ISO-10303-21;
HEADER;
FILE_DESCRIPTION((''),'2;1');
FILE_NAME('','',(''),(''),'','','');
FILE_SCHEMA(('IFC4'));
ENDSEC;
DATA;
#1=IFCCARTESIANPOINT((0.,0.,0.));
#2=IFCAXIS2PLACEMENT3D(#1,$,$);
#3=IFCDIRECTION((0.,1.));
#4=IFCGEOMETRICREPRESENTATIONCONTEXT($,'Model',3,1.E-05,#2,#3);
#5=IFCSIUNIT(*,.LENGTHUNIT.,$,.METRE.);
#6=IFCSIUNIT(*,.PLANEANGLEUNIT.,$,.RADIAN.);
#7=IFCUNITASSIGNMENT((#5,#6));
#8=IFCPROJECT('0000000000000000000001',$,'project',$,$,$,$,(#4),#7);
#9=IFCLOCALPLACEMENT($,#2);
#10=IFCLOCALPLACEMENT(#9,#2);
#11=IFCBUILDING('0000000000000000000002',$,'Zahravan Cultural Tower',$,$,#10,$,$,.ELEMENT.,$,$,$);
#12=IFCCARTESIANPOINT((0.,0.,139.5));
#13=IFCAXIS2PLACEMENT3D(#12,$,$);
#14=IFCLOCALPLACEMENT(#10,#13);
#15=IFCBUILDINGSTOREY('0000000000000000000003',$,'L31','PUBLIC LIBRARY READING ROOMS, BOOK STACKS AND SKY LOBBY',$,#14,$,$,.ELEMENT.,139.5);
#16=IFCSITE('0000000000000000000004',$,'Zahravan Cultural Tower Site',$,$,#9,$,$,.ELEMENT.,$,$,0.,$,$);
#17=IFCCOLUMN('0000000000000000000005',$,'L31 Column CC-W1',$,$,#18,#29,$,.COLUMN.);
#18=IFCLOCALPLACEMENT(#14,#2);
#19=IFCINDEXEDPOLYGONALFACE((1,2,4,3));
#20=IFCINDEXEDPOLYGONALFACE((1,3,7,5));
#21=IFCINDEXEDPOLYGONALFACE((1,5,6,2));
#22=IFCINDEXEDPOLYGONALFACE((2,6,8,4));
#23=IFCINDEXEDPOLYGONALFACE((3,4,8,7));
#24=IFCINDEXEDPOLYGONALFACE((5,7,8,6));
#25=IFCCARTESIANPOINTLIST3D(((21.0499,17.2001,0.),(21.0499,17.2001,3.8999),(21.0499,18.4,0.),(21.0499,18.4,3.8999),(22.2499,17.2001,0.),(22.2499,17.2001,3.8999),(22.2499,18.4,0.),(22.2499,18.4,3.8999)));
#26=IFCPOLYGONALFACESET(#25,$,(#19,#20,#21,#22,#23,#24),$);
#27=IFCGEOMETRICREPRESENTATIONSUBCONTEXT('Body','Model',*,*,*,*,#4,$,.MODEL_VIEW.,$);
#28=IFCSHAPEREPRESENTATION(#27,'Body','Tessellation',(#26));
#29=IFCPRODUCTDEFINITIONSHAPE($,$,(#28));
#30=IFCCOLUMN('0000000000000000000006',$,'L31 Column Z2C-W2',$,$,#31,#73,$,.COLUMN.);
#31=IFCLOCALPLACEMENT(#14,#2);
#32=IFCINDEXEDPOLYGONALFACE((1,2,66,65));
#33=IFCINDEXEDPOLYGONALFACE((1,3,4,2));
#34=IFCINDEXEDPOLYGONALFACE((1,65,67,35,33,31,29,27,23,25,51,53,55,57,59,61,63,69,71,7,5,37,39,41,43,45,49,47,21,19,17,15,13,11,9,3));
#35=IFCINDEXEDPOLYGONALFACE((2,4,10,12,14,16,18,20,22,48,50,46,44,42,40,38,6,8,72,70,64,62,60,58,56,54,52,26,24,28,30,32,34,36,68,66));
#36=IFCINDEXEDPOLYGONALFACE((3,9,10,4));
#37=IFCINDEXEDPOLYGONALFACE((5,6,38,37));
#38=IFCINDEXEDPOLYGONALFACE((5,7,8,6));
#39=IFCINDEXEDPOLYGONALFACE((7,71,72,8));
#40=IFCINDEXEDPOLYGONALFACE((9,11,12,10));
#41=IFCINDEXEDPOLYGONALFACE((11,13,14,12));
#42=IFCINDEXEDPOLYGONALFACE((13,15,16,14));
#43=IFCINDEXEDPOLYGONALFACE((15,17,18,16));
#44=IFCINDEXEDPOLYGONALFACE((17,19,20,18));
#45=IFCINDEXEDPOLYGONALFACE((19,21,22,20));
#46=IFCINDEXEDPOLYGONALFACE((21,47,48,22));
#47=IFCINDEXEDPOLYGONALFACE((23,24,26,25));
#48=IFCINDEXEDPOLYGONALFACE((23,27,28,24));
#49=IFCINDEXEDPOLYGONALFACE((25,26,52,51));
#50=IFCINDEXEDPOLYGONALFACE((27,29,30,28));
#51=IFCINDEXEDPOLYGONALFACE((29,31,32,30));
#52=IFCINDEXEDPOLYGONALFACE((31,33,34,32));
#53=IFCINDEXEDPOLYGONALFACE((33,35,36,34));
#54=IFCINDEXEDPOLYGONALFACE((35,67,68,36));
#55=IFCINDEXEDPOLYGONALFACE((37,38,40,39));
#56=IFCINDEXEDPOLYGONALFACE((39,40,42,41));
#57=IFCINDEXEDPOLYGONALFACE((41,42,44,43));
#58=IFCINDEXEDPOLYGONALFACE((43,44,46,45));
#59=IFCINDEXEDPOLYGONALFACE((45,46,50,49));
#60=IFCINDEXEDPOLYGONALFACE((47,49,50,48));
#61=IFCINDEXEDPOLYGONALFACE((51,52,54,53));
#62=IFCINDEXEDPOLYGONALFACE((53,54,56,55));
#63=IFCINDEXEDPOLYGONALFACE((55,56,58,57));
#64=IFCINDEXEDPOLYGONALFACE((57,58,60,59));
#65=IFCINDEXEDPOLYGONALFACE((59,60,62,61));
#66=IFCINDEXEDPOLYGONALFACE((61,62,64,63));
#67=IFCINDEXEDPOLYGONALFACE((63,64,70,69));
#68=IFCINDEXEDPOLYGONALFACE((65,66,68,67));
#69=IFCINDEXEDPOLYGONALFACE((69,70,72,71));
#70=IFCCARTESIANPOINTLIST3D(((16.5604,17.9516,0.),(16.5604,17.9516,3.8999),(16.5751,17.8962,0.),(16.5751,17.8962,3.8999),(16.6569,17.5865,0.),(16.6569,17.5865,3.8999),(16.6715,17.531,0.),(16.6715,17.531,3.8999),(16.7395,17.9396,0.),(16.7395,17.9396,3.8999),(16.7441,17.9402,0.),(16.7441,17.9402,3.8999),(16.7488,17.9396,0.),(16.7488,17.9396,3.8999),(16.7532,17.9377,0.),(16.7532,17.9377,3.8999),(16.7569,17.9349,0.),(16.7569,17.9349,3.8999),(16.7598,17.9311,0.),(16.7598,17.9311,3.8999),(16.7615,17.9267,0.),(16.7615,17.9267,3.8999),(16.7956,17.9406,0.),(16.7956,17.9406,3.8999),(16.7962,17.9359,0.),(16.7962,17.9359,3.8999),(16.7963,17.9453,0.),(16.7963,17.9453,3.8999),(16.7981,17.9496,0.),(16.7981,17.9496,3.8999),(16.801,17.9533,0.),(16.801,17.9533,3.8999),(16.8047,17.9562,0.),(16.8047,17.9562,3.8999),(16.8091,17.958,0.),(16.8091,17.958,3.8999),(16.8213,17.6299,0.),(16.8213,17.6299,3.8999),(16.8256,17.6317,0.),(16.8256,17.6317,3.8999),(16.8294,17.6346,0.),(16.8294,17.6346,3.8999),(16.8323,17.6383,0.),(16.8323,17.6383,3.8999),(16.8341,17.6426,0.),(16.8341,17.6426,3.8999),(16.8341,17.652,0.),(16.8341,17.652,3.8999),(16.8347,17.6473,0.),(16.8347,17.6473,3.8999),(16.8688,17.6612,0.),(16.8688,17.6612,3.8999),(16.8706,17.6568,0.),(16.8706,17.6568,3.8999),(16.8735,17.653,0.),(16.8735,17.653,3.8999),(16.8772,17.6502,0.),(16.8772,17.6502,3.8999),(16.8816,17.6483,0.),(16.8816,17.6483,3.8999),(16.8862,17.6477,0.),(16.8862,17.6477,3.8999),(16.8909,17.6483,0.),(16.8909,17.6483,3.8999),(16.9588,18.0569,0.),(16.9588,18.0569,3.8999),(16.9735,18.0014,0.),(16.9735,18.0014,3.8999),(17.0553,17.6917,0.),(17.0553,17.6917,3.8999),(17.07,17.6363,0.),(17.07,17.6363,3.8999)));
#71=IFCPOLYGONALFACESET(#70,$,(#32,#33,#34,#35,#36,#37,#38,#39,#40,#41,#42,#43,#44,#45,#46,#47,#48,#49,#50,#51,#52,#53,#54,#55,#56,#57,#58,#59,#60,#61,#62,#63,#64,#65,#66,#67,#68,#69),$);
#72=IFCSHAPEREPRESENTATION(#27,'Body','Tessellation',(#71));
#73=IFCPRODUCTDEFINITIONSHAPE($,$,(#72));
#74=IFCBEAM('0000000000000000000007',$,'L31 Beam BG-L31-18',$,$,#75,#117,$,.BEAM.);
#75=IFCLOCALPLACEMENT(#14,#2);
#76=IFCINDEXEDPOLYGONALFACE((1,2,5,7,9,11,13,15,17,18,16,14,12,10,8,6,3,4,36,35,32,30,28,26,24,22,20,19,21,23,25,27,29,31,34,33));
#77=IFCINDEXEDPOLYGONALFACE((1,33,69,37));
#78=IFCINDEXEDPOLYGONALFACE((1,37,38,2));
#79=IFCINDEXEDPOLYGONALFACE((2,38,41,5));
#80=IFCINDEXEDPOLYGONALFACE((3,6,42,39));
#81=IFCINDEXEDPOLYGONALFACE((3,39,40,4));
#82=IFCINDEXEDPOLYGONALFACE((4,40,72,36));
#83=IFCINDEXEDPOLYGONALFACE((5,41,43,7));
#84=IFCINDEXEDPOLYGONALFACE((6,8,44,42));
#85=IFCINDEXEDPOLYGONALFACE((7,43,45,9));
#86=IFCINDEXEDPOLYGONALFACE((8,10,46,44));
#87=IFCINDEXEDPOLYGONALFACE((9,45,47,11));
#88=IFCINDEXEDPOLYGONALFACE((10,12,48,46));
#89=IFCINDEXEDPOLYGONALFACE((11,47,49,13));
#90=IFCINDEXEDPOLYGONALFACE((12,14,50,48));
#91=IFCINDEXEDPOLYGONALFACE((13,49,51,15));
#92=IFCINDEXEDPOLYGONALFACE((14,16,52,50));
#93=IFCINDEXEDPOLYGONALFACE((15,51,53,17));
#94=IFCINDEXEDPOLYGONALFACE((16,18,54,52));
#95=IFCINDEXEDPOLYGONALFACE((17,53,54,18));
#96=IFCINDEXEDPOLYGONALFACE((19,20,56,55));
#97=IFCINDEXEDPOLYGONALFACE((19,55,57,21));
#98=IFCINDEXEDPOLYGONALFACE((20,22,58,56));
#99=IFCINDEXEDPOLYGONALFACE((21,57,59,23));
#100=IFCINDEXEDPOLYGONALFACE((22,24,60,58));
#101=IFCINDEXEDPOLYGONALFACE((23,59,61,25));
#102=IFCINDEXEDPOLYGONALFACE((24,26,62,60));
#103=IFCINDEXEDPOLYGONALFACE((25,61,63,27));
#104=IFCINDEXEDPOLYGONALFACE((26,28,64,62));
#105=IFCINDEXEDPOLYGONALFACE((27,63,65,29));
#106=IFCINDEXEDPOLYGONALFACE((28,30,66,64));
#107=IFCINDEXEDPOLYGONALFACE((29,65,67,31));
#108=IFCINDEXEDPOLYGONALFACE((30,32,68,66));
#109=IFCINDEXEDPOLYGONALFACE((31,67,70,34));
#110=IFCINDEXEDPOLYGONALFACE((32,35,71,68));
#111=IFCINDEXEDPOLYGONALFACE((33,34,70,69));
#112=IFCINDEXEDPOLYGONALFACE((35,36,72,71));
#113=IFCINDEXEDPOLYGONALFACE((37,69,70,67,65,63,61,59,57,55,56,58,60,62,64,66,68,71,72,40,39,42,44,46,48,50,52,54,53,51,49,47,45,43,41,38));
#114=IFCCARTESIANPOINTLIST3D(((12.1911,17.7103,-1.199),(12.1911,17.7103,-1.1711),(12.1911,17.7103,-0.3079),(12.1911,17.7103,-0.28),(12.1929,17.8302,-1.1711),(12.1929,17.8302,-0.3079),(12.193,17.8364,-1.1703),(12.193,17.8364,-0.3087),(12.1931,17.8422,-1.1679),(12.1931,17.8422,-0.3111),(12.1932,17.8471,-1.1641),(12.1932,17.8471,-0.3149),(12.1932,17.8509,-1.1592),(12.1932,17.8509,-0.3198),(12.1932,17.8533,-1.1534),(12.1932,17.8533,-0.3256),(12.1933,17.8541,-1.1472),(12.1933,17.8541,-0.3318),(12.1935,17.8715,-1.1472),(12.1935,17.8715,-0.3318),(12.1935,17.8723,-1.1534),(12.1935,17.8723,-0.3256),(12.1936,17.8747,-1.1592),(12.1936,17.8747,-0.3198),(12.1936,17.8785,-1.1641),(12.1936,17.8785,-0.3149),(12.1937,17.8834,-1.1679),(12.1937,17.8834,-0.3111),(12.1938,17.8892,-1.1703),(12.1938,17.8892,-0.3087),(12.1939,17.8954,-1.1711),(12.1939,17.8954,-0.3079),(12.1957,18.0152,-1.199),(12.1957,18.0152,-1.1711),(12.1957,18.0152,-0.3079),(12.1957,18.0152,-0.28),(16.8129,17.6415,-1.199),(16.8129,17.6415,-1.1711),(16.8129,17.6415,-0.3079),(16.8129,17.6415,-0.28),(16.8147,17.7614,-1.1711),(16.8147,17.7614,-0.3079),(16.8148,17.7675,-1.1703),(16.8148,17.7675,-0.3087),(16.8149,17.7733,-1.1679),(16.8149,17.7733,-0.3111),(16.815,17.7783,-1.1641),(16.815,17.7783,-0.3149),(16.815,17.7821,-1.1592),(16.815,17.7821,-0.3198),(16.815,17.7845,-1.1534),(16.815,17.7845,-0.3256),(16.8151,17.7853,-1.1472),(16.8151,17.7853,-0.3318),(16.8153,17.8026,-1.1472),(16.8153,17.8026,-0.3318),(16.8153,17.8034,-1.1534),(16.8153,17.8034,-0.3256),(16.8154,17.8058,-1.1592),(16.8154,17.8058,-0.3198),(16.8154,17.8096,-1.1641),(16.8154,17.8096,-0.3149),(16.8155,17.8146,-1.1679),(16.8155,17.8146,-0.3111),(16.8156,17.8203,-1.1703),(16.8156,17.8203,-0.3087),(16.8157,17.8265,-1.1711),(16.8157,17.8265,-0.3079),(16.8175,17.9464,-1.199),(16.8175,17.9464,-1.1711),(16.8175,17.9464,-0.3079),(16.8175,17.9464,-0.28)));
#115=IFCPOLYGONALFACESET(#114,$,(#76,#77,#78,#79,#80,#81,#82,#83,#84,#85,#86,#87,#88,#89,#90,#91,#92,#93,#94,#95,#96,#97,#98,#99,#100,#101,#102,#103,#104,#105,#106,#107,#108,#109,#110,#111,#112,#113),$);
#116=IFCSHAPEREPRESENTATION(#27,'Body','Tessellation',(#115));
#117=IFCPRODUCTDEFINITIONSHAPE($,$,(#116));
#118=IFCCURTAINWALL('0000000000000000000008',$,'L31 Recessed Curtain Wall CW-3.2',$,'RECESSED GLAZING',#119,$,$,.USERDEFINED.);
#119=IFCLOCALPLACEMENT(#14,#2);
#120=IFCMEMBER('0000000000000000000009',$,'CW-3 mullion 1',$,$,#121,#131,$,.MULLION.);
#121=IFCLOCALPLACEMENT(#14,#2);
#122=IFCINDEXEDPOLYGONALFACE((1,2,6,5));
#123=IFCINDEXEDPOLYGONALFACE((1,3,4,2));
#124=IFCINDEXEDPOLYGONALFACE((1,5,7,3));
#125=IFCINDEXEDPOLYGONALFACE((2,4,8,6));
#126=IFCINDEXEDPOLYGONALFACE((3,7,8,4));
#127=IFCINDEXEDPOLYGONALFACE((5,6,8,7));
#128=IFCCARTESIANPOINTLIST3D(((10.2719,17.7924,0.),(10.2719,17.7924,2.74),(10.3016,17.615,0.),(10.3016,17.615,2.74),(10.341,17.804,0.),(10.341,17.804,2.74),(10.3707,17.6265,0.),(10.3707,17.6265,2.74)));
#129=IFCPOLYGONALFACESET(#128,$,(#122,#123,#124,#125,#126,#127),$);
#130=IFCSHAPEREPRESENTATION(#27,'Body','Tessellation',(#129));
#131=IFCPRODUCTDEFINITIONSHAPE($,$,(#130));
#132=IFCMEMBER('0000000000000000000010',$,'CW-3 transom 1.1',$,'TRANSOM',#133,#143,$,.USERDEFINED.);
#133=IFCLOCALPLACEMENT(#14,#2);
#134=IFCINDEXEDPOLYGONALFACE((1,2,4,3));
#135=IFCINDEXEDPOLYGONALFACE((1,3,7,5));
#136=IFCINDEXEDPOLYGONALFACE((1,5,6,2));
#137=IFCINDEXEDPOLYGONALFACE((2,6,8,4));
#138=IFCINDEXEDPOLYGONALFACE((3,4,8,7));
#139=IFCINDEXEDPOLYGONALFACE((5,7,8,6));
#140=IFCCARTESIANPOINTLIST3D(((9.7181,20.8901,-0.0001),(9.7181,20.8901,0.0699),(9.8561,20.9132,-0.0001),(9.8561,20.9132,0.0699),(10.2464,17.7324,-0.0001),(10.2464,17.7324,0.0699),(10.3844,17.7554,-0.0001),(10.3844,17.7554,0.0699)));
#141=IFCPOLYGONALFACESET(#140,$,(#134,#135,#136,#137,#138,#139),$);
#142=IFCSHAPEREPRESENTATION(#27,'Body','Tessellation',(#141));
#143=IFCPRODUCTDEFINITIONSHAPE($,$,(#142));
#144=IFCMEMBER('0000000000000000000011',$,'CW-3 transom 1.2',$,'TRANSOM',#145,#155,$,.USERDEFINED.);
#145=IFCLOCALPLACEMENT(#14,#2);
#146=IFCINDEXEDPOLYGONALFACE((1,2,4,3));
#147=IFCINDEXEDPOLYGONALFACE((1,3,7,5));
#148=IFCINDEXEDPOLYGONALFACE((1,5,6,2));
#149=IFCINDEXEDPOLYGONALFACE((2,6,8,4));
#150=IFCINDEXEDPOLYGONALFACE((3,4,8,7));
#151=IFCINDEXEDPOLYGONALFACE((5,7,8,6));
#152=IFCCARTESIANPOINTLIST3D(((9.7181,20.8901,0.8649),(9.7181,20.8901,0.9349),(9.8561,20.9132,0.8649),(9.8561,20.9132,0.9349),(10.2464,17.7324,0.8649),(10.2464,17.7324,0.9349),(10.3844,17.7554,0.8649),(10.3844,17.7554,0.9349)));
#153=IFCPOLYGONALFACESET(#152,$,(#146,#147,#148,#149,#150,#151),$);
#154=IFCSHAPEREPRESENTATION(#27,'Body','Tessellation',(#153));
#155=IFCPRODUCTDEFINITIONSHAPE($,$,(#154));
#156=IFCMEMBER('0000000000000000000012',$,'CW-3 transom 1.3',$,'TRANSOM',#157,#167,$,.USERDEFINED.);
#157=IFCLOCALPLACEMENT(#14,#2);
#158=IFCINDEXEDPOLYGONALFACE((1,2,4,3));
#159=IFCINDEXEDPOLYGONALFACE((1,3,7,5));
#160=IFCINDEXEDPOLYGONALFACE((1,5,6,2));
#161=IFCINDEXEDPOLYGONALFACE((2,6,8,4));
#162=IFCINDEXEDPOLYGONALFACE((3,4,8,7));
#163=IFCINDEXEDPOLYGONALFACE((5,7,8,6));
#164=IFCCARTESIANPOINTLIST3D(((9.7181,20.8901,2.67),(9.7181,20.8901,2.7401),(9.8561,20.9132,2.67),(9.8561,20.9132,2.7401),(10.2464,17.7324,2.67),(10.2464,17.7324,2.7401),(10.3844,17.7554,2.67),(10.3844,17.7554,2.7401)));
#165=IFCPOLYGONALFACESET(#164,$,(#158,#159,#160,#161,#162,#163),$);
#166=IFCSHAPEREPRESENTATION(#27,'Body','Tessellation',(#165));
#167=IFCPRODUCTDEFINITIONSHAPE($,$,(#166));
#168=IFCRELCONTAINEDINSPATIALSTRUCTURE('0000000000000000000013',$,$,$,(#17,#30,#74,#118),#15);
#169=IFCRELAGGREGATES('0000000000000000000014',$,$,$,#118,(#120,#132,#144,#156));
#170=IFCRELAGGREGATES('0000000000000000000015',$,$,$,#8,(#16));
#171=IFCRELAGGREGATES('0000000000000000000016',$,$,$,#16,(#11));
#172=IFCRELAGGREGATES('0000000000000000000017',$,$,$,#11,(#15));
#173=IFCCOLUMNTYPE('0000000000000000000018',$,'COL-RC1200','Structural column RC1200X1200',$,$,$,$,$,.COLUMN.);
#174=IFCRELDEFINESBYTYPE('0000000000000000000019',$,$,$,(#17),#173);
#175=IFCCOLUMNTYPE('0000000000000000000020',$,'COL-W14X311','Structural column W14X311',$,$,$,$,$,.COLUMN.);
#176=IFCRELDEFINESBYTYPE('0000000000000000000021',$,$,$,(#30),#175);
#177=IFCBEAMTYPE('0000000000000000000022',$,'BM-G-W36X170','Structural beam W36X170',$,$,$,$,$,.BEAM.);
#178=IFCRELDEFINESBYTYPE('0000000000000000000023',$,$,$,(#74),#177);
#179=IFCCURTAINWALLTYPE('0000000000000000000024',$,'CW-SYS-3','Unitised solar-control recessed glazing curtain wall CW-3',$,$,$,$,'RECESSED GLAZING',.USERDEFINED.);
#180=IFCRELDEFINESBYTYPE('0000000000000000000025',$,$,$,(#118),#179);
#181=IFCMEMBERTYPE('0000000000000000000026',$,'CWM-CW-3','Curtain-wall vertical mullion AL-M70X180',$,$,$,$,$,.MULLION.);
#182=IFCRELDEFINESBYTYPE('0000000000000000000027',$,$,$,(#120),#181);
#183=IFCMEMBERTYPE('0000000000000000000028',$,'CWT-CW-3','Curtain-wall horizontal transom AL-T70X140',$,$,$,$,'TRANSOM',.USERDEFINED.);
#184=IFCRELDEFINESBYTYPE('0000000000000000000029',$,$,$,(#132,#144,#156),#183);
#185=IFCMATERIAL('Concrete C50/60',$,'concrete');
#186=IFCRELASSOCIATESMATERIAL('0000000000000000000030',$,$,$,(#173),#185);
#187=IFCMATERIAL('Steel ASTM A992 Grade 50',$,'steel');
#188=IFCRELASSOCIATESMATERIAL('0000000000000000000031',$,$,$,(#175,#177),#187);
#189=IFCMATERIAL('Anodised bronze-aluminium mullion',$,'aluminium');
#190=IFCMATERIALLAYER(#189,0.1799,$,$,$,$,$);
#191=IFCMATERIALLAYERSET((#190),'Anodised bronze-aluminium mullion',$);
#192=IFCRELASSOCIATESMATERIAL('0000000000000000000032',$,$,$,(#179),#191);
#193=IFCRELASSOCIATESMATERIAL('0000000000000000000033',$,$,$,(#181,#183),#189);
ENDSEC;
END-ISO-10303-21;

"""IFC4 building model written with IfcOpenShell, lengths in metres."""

from ifc_helpers import new_model, si_unit, direction, frame, origin, origin_2d, place, context, subcontext, project, spatial, rectangle, i_section, extrude, source, transform, mapped, material, layer, layer_set, material_profile, profile_set, type_object, element, aggregate, save


model = new_model("IFC4")

# Units and contexts
model_context = context("Model", 3, precision=1e-05, world=origin(), true_north=direction((0.0, 1.0)))
body_context = subcontext(model_context, "Body", "Model", "MODEL_VIEW")
ifc_project = project(units=[si_unit("LENGTHUNIT", "METRE"), si_unit("PLANEANGLEUNIT", "RADIAN")], contexts=[model_context])

# Site, building, storey
site_placement = place(None, origin())
site = spatial("IfcSite", under=ifc_project, at=site_placement, Name="Zahravan Cultural Tower Site", CompositionType="ELEMENT", RefElevation=0.0)
building_placement = place(site_placement, origin())
building = spatial("IfcBuilding", under=site, at=building_placement, Name="Zahravan Cultural Tower", CompositionType="ELEMENT")
storey_placement = place(building_placement, frame((0.0, 0.0, 139.5)))
storey = spatial("IfcBuildingStorey", under=building, at=storey_placement, Name="L31", Description="PUBLIC LIBRARY READING ROOMS, BOOK STACKS AND SKY LOBBY", CompositionType="ELEMENT", Elevation=139.5)

# Columns
ifc_material_1 = material(Name="Concrete C50/60", Category="concrete")
ifc_material_profile_1 = material_profile(ifc_material_1, rectangle(XDim=1.2, YDim=1.2, at=origin_2d()), Name="RC1200X1200")
ifc_profile_set_1 = profile_set([ifc_material_profile_1], Name="Concrete C50/60")
column_type_1 = type_object("IfcColumnType", Name="COL-RC1200", Description="Structural column RC1200X1200", PredefinedType="COLUMN", material=ifc_profile_set_1)
shared_shape_1 = source(origin(), body_context, "Body", "SweptSolid", [
    extrude(rectangle(XDim=1.2, YDim=1.2, at=origin_2d()), origin(), (0.0, 0.0, 1.0), 3.8999),
])
column_1_placement = place(storey_placement, frame((21.6499, 17.8, 0.0), z_axis=(0.0, 0.0, 1.0), x_axis=(1.0, 0.0, 0.0)))
element("IfcColumn", 1, at=column_1_placement, inside=storey, type_object=column_type_1, Name="L31 Column CC-W1", PredefinedType="COLUMN", context=body_context, shape_type="MappedRepresentation", body=[
    mapped(shared_shape_1, transform((0.0, 0.0, 0.0), x_axis=(1.0, 0.0, 0.0), y_axis=(0.0, 1.0, 0.0), z_axis=(0.0, 0.0, 1.0), scale=1.0)),
])
ifc_material_2 = material(Name="Steel ASTM A992 Grade 50", Category="steel")
ifc_material_profile_2 = material_profile(ifc_material_2, i_section(OverallWidth=0.4121, OverallDepth=0.4351, WebThickness=0.0359, FlangeThickness=0.0574, FilletRadius=0.0181, at=origin_2d()), Name="W14X311")
ifc_profile_set_2 = profile_set([ifc_material_profile_2], Name="Steel ASTM A992 Grade 50")
column_type_2 = type_object("IfcColumnType", Name="COL-W14X311", Description="Structural column W14X311", PredefinedType="COLUMN", material=ifc_profile_set_2)
shared_shape_2 = source(origin(), body_context, "Body", "SweptSolid", [
    extrude(i_section(OverallWidth=0.4121, OverallDepth=0.4351, WebThickness=0.0359, FlangeThickness=0.0574, FilletRadius=0.0181, at=origin_2d()), origin(), (0.0, 0.0, 1.0), 3.8999),
])
column_2_placement = place(storey_placement, frame((16.8152, 17.7939, 0.0), z_axis=(0.0, 0.0, 1.0), x_axis=(0.966823, 0.255446, 0.0)))
element("IfcColumn", 2, at=column_2_placement, inside=storey, type_object=column_type_2, Name="L31 Column Z2C-W2", PredefinedType="COLUMN", context=body_context, shape_type="MappedRepresentation", body=[
    mapped(shared_shape_2, transform((0.0, 0.0, 0.0), x_axis=(1.0, 0.0, 0.0), y_axis=(0.0, 1.0, 0.0), z_axis=(0.0, 0.0, 1.0), scale=1.0)),
])

# Beam
ifc_material_profile_3 = material_profile(ifc_material_2, i_section(OverallWidth=0.3049, OverallDepth=0.9189, WebThickness=0.0173, FlangeThickness=0.0278, FilletRadius=0.0239, at=origin_2d()), Name="W36X170")
ifc_profile_set_3 = profile_set([ifc_material_profile_3], Name="Steel ASTM A992 Grade 50")
beam_type = type_object("IfcBeamType", Name="BM-G-W36X170", Description="Structural beam W36X170", PredefinedType="BEAM", material=ifc_profile_set_3)
shared_shape_3 = source(origin(), body_context, "Body", "SweptSolid", [
    extrude(i_section(OverallWidth=0.3049, OverallDepth=0.9189, WebThickness=0.0173, FlangeThickness=0.0278, FilletRadius=0.0239, at=origin_2d()), origin(), (0.0, 0.0, 1.0), 4.6223),
])
beam_placement = place(storey_placement, frame((16.8152, 17.7939, -0.7395), z_axis=(-0.999889, 0.014895, 0.0), x_axis=(-0.014895, -0.999889, 0.0)))
element("IfcBeam", 3, at=beam_placement, inside=storey, type_object=beam_type, Name="L31 Beam BG-L31-18", PredefinedType="BEAM", context=body_context, shape_type="MappedRepresentation", body=[
    mapped(shared_shape_3, transform((0.0, 0.0, 0.0), x_axis=(1.0, 0.0, 0.0), y_axis=(0.0, 1.0, 0.0), z_axis=(0.0, 0.0, 1.0), scale=1.0)),
])

# Curtain wall, members
ifc_material_3 = material(Name="Anodised bronze-aluminium mullion", Category="aluminium")
ifc_layer_1 = layer(ifc_material_3, 0.1799)
ifc_layer_set_1 = layer_set([ifc_layer_1], Name="Anodised bronze-aluminium mullion")
curtain_wall_type = type_object("IfcCurtainWallType", Name="CW-SYS-3", Description="Unitised solar-control recessed glazing curtain wall CW-3", ElementType="RECESSED GLAZING", PredefinedType="USERDEFINED", material=ifc_layer_set_1)
curtain_wall_placement = place(storey_placement, origin())
curtain_wall = element("IfcCurtainWall", 4, at=curtain_wall_placement, inside=storey, type_object=curtain_wall_type, Name="L31 Recessed Curtain Wall CW-3.2", ObjectType="RECESSED GLAZING", PredefinedType="USERDEFINED")
ifc_material_profile_4 = material_profile(ifc_material_3, rectangle(XDim=0.0701, YDim=0.1799, at=origin_2d()), Name="AL-M70X180")
ifc_profile_set_4 = profile_set([ifc_material_profile_4], Name="Anodised bronze-aluminium mullion")
member_type_1 = type_object("IfcMemberType", Name="CWM-CW-3", Description="Curtain-wall vertical mullion AL-M70X180", PredefinedType="MULLION", material=ifc_profile_set_4)
shared_shape_4 = source(origin(), body_context, "Body", "SweptSolid", [
    extrude(rectangle(XDim=0.0701, YDim=0.1799, at=origin_2d()), origin(), (0.0, 0.0, 1.0), 2.74),
])
member_1_placement = place(storey_placement, frame((10.3213, 17.7095, 0.0), z_axis=(0.0, 0.0, 1.0), x_axis=(-0.986285, -0.165051, 0.0)))
member_1 = element("IfcMember", 5, at=member_1_placement, type_object=member_type_1, Name="CW-3 mullion 1", PredefinedType="MULLION", context=body_context, shape_type="MappedRepresentation", body=[
    mapped(shared_shape_4, transform((0.0, 0.0, 0.0), x_axis=(1.0, 0.0, 0.0), y_axis=(0.0, 1.0, 0.0), z_axis=(0.0, 0.0, 1.0), scale=1.0)),
])
ifc_material_profile_5 = material_profile(ifc_material_3, rectangle(XDim=0.1399, YDim=0.0701, at=origin_2d()), Name="AL-T70X140")
ifc_profile_set_5 = profile_set([ifc_material_profile_5], Name="Anodised bronze-aluminium mullion")
member_type_2 = type_object("IfcMemberType", Name="CWT-CW-3", Description="Curtain-wall horizontal transom AL-T70X140", ElementType="TRANSOM", PredefinedType="USERDEFINED", material=ifc_profile_set_5)
shared_shape_5 = source(origin(), body_context, "Body", "SweptSolid", [
    extrude(rectangle(XDim=0.1399, YDim=0.0701, at=origin_2d()), origin(), (0.0, 0.0, 1.0), 3.2017),
])
member_2_placement = place(storey_placement, frame((10.3154, 17.7439, 0.0349), z_axis=(-0.165017, 0.986291, 0.0), x_axis=(-0.986291, -0.165017, 0.0)))
member_2 = element("IfcMember", 6, at=member_2_placement, type_object=member_type_2, Name="CW-3 transom 1.1", ObjectType="TRANSOM", PredefinedType="USERDEFINED", context=body_context, shape_type="MappedRepresentation", body=[
    mapped(shared_shape_5, transform((0.0, 0.0, 0.0), x_axis=(1.0, 0.0, 0.0), y_axis=(0.0, 1.0, 0.0), z_axis=(0.0, 0.0, 1.0), scale=1.0)),
])
member_3_placement = place(storey_placement, frame((10.3154, 17.7439, 0.8999), z_axis=(-0.165017, 0.986291, 0.0), x_axis=(-0.986291, -0.165017, 0.0)))
member_3 = element("IfcMember", 7, at=member_3_placement, type_object=member_type_2, Name="CW-3 transom 1.2", ObjectType="TRANSOM", PredefinedType="USERDEFINED", context=body_context, shape_type="MappedRepresentation", body=[
    mapped(shared_shape_5, transform((0.0, 0.0, 0.0), x_axis=(1.0, 0.0, 0.0), y_axis=(0.0, 1.0, 0.0), z_axis=(0.0, 0.0, 1.0), scale=1.0)),
])
member_4_placement = place(storey_placement, frame((10.3154, 17.7439, 2.7051), z_axis=(-0.165017, 0.986291, 0.0), x_axis=(-0.986291, -0.165017, 0.0)))
member_4 = element("IfcMember", 8, at=member_4_placement, type_object=member_type_2, Name="CW-3 transom 1.3", ObjectType="TRANSOM", PredefinedType="USERDEFINED", context=body_context, shape_type="MappedRepresentation", body=[
    mapped(shared_shape_5, transform((0.0, 0.0, 0.0), x_axis=(1.0, 0.0, 0.0), y_axis=(0.0, 1.0, 0.0), z_axis=(0.0, 0.0, 1.0), scale=1.0)),
])
aggregate(curtain_wall, [member_1, member_2, member_3, member_4])

save(model, "model.ifc")
